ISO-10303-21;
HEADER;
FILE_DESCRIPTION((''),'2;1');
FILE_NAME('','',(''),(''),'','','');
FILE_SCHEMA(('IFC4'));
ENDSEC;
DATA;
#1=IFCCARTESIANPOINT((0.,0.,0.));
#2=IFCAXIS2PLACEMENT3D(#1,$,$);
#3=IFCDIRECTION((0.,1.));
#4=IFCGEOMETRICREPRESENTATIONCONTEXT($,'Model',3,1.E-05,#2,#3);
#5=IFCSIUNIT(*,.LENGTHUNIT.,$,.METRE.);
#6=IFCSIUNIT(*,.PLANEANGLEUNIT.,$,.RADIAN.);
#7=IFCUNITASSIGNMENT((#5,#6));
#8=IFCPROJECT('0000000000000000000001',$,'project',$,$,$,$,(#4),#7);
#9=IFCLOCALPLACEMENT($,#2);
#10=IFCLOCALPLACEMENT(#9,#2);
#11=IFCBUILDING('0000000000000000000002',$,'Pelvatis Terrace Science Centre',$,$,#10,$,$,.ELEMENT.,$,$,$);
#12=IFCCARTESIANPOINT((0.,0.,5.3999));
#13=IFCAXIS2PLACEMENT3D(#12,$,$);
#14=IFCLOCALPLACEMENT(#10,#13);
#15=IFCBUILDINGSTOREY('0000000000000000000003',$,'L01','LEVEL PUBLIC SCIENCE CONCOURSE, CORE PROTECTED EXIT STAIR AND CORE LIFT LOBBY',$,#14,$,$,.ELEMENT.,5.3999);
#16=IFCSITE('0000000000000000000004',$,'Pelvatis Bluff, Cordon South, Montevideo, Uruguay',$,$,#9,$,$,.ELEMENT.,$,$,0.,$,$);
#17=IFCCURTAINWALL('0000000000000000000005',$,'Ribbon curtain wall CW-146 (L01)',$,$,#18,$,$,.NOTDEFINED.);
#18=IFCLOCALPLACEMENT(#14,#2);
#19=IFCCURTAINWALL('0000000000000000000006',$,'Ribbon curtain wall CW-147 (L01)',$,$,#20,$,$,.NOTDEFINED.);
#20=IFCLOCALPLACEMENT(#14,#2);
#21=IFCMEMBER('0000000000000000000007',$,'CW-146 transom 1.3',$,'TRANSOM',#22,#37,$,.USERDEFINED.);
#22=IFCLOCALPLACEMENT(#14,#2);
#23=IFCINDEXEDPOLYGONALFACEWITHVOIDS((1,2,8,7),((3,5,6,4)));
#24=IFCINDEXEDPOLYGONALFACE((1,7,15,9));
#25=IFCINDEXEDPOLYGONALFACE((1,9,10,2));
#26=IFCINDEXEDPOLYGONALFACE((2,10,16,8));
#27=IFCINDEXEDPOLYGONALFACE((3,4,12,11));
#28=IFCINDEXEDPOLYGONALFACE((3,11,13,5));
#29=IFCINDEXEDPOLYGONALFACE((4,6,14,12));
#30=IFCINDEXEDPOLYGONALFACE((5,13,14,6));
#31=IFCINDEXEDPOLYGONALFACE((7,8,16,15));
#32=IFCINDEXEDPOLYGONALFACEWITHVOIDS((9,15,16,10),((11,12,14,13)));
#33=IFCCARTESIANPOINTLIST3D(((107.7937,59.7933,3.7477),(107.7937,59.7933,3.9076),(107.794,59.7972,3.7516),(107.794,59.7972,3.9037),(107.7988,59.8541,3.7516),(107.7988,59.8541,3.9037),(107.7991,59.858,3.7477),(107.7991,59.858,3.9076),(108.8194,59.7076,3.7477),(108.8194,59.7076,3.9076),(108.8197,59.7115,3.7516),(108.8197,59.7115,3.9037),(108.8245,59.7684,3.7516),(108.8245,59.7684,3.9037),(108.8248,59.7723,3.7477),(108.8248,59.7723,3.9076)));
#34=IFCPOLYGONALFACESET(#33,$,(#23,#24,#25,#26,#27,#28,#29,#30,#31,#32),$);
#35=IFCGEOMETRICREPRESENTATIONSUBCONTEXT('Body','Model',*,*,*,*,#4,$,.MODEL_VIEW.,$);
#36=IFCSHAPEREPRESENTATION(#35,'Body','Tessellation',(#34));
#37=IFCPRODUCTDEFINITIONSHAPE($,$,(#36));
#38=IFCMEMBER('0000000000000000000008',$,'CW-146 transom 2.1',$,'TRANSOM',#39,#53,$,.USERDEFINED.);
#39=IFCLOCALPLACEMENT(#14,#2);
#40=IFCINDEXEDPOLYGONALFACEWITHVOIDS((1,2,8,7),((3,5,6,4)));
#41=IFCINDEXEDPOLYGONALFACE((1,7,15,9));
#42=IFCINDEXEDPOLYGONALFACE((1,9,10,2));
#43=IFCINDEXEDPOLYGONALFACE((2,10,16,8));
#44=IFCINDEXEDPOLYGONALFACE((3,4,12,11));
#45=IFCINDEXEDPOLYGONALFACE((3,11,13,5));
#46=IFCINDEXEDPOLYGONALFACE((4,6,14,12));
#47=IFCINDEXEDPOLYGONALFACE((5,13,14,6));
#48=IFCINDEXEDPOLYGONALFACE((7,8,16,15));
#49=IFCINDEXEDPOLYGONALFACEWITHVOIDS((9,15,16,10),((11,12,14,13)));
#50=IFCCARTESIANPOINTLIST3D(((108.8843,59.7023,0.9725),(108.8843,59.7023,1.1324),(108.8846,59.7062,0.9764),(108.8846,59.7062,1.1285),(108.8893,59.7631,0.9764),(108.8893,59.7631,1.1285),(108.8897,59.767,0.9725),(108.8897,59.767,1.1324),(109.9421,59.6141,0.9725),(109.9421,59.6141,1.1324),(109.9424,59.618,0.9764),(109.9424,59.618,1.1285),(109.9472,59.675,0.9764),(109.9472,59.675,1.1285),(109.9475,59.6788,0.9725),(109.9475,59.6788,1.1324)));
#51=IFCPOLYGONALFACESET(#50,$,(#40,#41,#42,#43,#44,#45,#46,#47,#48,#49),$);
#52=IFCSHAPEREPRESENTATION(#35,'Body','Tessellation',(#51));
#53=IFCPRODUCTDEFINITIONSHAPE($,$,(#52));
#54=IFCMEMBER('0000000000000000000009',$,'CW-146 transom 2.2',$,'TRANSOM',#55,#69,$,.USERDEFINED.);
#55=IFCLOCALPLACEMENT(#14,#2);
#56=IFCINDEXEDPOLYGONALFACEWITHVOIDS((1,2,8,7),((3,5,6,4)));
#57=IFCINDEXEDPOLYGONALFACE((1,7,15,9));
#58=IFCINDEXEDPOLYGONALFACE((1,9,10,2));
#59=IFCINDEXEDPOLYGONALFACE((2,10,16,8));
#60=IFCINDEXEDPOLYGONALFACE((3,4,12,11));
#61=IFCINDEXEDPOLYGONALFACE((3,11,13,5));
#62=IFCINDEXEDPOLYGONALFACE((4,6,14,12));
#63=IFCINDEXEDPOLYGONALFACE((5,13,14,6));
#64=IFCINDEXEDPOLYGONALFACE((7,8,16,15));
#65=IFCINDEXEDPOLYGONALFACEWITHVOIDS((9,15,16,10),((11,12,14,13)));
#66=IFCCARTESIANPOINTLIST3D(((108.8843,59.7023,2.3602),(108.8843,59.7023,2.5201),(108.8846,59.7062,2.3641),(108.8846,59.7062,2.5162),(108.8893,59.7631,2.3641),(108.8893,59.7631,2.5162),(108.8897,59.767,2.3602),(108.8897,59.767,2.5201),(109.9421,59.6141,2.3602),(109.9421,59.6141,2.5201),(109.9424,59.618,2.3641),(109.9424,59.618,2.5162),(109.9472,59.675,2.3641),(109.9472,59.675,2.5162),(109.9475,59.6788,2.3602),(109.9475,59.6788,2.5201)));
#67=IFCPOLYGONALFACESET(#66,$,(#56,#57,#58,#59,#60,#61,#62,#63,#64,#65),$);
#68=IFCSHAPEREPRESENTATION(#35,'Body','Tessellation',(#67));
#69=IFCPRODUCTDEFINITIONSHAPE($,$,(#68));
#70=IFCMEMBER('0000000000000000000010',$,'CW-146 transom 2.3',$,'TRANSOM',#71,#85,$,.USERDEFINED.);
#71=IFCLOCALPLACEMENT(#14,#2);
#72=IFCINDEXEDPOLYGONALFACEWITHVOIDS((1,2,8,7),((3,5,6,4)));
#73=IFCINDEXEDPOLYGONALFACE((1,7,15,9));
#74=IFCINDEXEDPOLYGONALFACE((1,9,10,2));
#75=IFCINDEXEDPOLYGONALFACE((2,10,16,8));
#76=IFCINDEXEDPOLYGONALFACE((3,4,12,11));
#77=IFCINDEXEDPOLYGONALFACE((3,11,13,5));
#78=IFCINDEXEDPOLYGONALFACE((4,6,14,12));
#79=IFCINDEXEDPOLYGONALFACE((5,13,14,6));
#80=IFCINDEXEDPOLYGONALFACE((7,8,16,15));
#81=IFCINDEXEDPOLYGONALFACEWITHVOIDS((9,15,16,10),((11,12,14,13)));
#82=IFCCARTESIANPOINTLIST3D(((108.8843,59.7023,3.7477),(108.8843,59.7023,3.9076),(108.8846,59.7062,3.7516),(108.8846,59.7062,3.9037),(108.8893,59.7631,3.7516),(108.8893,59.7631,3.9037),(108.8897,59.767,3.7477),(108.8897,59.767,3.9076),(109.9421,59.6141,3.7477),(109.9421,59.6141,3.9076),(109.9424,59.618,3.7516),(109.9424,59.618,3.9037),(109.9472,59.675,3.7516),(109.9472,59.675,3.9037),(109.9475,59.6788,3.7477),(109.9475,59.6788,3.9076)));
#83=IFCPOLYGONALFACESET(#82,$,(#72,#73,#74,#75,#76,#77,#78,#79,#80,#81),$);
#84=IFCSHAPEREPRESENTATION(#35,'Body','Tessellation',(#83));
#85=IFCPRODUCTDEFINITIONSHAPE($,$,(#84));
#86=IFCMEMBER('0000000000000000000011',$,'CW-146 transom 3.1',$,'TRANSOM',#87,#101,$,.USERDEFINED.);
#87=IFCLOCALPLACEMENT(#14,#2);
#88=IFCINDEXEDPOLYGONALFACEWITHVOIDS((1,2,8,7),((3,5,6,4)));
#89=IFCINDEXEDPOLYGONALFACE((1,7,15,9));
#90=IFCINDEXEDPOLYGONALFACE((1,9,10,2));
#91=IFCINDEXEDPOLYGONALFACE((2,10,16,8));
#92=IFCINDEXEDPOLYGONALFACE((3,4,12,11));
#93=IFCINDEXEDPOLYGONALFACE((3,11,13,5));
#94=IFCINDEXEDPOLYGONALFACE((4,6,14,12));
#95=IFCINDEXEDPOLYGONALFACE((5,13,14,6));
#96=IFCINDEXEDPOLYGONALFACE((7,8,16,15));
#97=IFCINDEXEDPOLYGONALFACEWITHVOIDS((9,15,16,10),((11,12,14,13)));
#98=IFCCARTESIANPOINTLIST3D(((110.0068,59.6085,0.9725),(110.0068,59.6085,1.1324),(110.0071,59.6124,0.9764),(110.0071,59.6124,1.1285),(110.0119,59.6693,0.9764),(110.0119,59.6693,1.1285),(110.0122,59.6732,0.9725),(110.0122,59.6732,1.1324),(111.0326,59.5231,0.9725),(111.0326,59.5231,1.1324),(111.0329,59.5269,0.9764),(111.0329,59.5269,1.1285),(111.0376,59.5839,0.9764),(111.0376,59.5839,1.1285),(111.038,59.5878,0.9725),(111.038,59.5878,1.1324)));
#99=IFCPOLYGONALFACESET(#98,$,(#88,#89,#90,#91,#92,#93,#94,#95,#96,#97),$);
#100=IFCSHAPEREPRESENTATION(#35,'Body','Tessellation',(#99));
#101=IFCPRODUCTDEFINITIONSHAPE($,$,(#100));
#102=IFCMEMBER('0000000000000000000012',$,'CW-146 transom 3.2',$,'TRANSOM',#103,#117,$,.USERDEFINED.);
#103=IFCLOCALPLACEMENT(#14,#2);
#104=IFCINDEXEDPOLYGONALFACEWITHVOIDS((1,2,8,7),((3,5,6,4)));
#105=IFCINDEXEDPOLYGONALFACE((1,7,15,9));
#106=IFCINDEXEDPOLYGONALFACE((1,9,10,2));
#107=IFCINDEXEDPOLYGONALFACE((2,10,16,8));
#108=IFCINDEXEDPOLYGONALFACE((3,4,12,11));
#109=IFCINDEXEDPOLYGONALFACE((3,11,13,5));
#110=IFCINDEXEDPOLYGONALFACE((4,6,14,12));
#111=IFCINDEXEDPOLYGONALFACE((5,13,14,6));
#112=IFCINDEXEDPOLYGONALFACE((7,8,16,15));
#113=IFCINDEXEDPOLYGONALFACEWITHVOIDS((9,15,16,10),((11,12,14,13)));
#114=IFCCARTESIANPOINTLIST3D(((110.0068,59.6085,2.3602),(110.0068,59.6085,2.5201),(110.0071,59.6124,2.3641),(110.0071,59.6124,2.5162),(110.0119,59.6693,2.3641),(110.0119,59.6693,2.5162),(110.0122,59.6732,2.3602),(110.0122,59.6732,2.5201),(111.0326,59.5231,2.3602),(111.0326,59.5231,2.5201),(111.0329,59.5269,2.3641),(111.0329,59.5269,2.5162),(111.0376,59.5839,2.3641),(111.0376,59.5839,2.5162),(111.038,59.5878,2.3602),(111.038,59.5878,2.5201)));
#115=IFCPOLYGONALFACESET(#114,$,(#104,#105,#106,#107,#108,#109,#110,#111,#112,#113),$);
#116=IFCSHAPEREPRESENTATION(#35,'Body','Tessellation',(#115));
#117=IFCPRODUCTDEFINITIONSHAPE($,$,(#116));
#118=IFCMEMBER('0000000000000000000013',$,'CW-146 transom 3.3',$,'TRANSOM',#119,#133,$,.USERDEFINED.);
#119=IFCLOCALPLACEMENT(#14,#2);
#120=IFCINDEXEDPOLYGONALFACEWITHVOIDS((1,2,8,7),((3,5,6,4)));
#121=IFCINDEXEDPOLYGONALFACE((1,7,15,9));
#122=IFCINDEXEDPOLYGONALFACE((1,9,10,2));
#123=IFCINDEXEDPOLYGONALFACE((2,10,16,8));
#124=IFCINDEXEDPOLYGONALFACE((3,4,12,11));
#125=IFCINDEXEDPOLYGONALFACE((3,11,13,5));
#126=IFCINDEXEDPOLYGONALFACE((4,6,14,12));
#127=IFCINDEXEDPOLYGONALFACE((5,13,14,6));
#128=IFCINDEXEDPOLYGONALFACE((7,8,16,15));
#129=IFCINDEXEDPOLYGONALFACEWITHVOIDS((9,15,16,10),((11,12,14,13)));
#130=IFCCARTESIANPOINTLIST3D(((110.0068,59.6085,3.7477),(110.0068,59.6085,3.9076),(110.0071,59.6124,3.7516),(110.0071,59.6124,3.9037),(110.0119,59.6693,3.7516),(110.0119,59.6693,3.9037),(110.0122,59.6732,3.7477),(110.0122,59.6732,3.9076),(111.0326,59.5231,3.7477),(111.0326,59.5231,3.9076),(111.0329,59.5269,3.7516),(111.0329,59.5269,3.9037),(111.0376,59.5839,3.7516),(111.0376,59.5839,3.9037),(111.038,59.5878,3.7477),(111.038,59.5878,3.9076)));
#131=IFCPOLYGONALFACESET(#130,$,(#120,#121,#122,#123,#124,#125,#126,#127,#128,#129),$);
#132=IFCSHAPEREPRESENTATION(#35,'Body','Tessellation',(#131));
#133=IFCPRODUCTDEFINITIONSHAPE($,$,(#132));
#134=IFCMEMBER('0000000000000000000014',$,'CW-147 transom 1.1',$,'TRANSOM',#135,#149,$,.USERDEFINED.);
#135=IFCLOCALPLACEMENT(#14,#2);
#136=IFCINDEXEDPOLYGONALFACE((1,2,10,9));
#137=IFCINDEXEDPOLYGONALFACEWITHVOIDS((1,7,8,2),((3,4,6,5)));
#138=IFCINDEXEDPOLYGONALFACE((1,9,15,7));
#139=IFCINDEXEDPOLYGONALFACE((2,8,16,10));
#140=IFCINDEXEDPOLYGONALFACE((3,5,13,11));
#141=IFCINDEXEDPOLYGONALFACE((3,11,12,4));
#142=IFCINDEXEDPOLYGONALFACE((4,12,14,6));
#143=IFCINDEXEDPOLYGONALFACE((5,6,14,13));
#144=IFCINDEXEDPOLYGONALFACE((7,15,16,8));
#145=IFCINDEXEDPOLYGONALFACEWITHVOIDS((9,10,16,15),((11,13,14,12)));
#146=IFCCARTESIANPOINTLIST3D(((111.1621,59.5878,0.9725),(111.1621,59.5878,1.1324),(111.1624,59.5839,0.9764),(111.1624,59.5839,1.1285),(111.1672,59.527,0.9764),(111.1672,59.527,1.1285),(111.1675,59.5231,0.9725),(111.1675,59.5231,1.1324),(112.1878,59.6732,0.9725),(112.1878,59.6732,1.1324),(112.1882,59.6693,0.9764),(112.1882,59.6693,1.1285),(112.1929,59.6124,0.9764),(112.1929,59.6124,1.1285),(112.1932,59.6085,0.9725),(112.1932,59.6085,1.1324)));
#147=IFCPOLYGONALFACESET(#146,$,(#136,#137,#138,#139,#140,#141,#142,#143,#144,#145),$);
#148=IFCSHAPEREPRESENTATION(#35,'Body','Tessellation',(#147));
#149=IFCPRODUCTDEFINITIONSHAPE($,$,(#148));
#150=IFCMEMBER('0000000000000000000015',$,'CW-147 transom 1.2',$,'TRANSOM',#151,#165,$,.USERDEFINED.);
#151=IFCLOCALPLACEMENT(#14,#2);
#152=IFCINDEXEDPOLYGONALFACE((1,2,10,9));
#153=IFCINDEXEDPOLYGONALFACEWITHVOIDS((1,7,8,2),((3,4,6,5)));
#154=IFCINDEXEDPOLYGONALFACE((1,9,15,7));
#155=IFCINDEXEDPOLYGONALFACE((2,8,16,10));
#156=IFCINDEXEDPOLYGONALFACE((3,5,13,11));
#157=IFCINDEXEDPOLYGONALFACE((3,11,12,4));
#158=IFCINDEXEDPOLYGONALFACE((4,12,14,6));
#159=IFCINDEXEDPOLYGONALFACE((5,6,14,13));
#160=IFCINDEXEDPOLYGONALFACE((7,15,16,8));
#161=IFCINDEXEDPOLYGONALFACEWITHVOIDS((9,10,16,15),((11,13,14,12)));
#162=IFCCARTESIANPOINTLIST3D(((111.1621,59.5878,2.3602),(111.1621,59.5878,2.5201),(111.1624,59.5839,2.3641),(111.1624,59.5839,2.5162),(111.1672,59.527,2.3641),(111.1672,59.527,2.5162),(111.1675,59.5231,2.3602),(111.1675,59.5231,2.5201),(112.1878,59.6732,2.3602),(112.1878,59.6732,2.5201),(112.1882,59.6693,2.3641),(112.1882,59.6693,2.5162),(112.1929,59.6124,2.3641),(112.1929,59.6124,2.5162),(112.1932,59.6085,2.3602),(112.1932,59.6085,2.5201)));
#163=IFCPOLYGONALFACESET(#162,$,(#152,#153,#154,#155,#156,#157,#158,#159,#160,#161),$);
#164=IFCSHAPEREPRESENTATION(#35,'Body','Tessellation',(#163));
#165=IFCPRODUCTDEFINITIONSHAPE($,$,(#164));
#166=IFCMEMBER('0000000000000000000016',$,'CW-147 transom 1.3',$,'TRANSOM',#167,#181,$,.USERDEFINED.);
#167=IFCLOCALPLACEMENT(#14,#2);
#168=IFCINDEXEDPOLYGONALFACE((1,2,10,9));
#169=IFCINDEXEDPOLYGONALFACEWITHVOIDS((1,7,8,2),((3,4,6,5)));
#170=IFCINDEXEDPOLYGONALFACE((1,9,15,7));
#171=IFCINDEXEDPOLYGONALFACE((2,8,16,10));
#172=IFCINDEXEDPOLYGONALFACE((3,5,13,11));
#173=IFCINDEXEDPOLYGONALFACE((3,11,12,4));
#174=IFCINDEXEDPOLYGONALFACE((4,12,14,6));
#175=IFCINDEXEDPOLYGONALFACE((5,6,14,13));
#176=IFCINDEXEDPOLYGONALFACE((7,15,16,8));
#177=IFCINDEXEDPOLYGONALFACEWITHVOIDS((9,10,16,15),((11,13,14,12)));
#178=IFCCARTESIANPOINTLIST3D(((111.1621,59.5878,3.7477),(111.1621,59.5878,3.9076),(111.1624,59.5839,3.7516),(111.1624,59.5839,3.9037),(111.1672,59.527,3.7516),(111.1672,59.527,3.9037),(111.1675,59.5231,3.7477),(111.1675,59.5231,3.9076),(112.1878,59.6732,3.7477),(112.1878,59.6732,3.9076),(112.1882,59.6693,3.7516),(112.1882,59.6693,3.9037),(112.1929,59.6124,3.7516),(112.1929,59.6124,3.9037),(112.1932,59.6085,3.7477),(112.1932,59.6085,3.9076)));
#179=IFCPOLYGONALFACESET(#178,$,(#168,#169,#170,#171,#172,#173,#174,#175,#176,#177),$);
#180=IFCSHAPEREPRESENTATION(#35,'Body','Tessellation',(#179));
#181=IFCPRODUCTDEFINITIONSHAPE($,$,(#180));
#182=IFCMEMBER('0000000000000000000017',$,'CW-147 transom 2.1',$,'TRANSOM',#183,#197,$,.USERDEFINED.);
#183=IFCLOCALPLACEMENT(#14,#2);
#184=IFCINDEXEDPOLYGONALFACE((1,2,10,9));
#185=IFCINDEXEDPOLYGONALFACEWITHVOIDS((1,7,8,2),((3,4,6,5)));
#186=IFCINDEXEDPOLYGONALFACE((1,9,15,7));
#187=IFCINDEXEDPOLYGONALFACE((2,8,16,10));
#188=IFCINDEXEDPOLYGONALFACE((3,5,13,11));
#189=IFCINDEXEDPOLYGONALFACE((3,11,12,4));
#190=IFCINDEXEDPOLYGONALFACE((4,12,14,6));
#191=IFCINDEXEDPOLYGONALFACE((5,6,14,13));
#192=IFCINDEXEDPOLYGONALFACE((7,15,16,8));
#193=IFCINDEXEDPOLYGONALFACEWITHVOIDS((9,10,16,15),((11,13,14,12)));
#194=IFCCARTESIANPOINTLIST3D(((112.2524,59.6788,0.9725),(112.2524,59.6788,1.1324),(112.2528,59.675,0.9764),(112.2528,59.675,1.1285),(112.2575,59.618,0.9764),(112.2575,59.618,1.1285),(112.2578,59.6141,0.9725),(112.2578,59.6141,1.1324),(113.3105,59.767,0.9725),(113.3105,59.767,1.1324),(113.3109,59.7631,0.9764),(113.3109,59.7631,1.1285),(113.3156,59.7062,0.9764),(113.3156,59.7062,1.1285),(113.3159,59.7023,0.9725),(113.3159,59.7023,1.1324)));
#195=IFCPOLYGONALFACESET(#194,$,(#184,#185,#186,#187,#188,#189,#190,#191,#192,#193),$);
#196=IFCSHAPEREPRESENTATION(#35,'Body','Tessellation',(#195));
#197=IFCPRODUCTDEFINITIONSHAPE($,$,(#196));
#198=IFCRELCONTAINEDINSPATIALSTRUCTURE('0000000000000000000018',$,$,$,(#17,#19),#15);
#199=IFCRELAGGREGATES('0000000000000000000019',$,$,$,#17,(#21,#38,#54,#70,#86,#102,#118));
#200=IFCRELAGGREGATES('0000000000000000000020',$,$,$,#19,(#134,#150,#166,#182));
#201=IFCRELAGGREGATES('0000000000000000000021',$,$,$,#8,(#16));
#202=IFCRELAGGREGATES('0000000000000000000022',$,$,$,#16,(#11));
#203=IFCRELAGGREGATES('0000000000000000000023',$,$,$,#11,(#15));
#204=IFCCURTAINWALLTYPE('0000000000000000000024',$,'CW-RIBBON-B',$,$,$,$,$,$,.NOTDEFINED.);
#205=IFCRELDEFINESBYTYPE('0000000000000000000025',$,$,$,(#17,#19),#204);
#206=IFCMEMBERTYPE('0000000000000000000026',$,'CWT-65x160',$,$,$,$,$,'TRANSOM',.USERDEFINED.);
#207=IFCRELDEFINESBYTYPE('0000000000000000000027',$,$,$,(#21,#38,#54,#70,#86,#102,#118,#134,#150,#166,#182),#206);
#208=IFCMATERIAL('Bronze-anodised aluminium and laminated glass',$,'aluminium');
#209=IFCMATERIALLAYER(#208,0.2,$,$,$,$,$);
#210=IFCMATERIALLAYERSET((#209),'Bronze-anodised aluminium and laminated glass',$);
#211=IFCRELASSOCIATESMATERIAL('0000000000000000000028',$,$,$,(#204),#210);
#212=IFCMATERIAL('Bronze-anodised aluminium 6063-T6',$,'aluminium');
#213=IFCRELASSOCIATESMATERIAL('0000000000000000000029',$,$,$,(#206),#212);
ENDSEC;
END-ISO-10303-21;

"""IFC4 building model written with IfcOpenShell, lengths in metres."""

from ifc_helpers import new_model, si_unit, direction, frame, origin, origin_2d, place, context, subcontext, project, spatial, hollow_rectangle, extrude, material, layer, layer_set, material_profile, profile_set, type_object, element, aggregate, save


model = new_model("IFC4")

# Units and contexts
model_context = context("Model", 3, precision=1e-05, world=origin(), true_north=direction((0.0, 1.0)))
body_context = subcontext(model_context, "Body", "Model", "MODEL_VIEW")
ifc_project = project(units=[si_unit("LENGTHUNIT", "METRE"), si_unit("PLANEANGLEUNIT", "RADIAN")], contexts=[model_context])

# Site, building, storey
site_placement = place(None, origin())
site = spatial("IfcSite", under=ifc_project, at=site_placement, Name="Pelvatis Bluff, Cordon South, Montevideo, Uruguay", CompositionType="ELEMENT", RefElevation=0.0)
building_placement = place(site_placement, origin())
building = spatial("IfcBuilding", under=site, at=building_placement, Name="Pelvatis Terrace Science Centre", CompositionType="ELEMENT")
storey_placement = place(building_placement, frame((0.0, 0.0, 5.3999)))
storey = spatial("IfcBuildingStorey", under=building, at=storey_placement, Name="L01", Description="LEVEL PUBLIC SCIENCE CONCOURSE, CORE PROTECTED EXIT STAIR AND CORE LIFT LOBBY", CompositionType="ELEMENT", Elevation=5.3999)

# Curtain walls
ifc_material_1 = material(Name="Bronze-anodised aluminium and laminated glass", Category="aluminium")
ifc_layer_1 = layer(ifc_material_1, 0.2)
ifc_layer_set_1 = layer_set([ifc_layer_1], Name="Bronze-anodised aluminium and laminated glass")
curtain_wall_type = type_object("IfcCurtainWallType", Name="CW-RIBBON-B", PredefinedType="NOTDEFINED", material=ifc_layer_set_1)
curtain_wall_1_placement = place(storey_placement, origin())
curtain_wall_1 = element("IfcCurtainWall", 1, at=curtain_wall_1_placement, inside=storey, type_object=curtain_wall_type, Name="Ribbon curtain wall CW-146 (L01)", PredefinedType="NOTDEFINED")
curtain_wall_2_placement = place(storey_placement, origin())
curtain_wall_2 = element("IfcCurtainWall", 2, at=curtain_wall_2_placement, inside=storey, type_object=curtain_wall_type, Name="Ribbon curtain wall CW-147 (L01)", PredefinedType="NOTDEFINED")

# Members
ifc_material_2 = material(Name="Bronze-anodised aluminium 6063-T6", Category="aluminium")
ifc_material_profile_1 = material_profile(ifc_material_2, hollow_rectangle(XDim=0.0649, YDim=0.1599, WallThickness=0.0039, at=origin_2d()), Name="ALU-TRN 65x160")
ifc_profile_set_1 = profile_set([ifc_material_profile_1], Name="Bronze-anodised aluminium 6063-T6")
member_type_1 = type_object("IfcMemberType", Name="CWT-65x160", ElementType="TRANSOM", PredefinedType="USERDEFINED", material=ifc_profile_set_1)
member_1_placement = place(storey_placement, frame((107.7964, 59.8257, 3.8276), z_axis=(0.996528, -0.083261, 0.0), x_axis=(0.083261, 0.996528, 0.0)))
member_1 = element("IfcMember", 3, at=member_1_placement, type_object=member_type_1, Name="CW-146 transom 1.3", ObjectType="TRANSOM", PredefinedType="USERDEFINED", context=body_context, shape_type="SweptSolid", body=[
    extrude(hollow_rectangle(XDim=0.0649, YDim=0.1599, WallThickness=0.0039, at=origin_2d()), origin(), (0.0, 0.0, 1.0), 1.0293),
])
member_2_placement = place(storey_placement, frame((108.887, 59.7346, 1.0525), z_axis=(0.996547, -0.083026, 0.0), x_axis=(0.083026, 0.996547, 0.0)))
member_2 = element("IfcMember", 4, at=member_2_placement, type_object=member_type_1, Name="CW-146 transom 2.1", ObjectType="TRANSOM", PredefinedType="USERDEFINED", context=body_context, shape_type="SweptSolid", body=[
    extrude(hollow_rectangle(XDim=0.0649, YDim=0.1599, WallThickness=0.0039, at=origin_2d()), origin(), (0.0, 0.0, 1.0), 1.0615),
])
member_3_placement = place(storey_placement, frame((108.887, 59.7346, 2.4402), z_axis=(0.996547, -0.083026, 0.0), x_axis=(0.083026, 0.996547, 0.0)))
member_3 = element("IfcMember", 5, at=member_3_placement, type_object=member_type_1, Name="CW-146 transom 2.2", ObjectType="TRANSOM", PredefinedType="USERDEFINED", context=body_context, shape_type="SweptSolid", body=[
    extrude(hollow_rectangle(XDim=0.0649, YDim=0.1599, WallThickness=0.0039, at=origin_2d()), origin(), (0.0, 0.0, 1.0), 1.0615),
])
member_4_placement = place(storey_placement, frame((108.887, 59.7346, 3.8276), z_axis=(0.996547, -0.083026, 0.0), x_axis=(0.083026, 0.996547, 0.0)))
member_4 = element("IfcMember", 6, at=member_4_placement, type_object=member_type_1, Name="CW-146 transom 2.3", ObjectType="TRANSOM", PredefinedType="USERDEFINED", context=body_context, shape_type="SweptSolid", body=[
    extrude(hollow_rectangle(XDim=0.0649, YDim=0.1599, WallThickness=0.0039, at=origin_2d()), origin(), (0.0, 0.0, 1.0), 1.0615),
])
member_5_placement = place(storey_placement, frame((110.0095, 59.6409, 1.0525), z_axis=(0.996547, -0.083026, 0.0), x_axis=(0.083026, 0.996547, 0.0)))
member_5 = element("IfcMember", 7, at=member_5_placement, type_object=member_type_1, Name="CW-146 transom 3.1", ObjectType="TRANSOM", PredefinedType="USERDEFINED", context=body_context, shape_type="SweptSolid", body=[
    extrude(hollow_rectangle(XDim=0.0649, YDim=0.1599, WallThickness=0.0039, at=origin_2d()), origin(), (0.0, 0.0, 1.0), 1.0293),
])
member_6_placement = place(storey_placement, frame((110.0095, 59.6409, 2.4402), z_axis=(0.996547, -0.083026, 0.0), x_axis=(0.083026, 0.996547, 0.0)))
member_6 = element("IfcMember", 8, at=member_6_placement, type_object=member_type_1, Name="CW-146 transom 3.2", ObjectType="TRANSOM", PredefinedType="USERDEFINED", context=body_context, shape_type="SweptSolid", body=[
    extrude(hollow_rectangle(XDim=0.0649, YDim=0.1599, WallThickness=0.0039, at=origin_2d()), origin(), (0.0, 0.0, 1.0), 1.0293),
])
member_7_placement = place(storey_placement, frame((110.0095, 59.6409, 3.8276), z_axis=(0.996547, -0.083026, 0.0), x_axis=(0.083026, 0.996547, 0.0)))
member_7 = element("IfcMember", 9, at=member_7_placement, type_object=member_type_1, Name="CW-146 transom 3.3", ObjectType="TRANSOM", PredefinedType="USERDEFINED", context=body_context, shape_type="SweptSolid", body=[
    extrude(hollow_rectangle(XDim=0.0649, YDim=0.1599, WallThickness=0.0039, at=origin_2d()), origin(), (0.0, 0.0, 1.0), 1.0293),
])
member_8_placement = place(storey_placement, frame((111.1648, 59.5554, 1.0525), z_axis=(0.996547, 0.083026, 0.0), x_axis=(-0.083026, 0.996547, 0.0)))
member_8 = element("IfcMember", 10, at=member_8_placement, type_object=member_type_1, Name="CW-147 transom 1.1", ObjectType="TRANSOM", PredefinedType="USERDEFINED", context=body_context, shape_type="SweptSolid", body=[
    extrude(hollow_rectangle(XDim=0.0649, YDim=0.1599, WallThickness=0.0039, at=origin_2d()), origin(), (0.0, 0.0, 1.0), 1.0293),
])
member_9_placement = place(storey_placement, frame((111.1648, 59.5554, 2.4402), z_axis=(0.996547, 0.083026, 0.0), x_axis=(-0.083026, 0.996547, 0.0)))
member_9 = element("IfcMember", 11, at=member_9_placement, type_object=member_type_1, Name="CW-147 transom 1.2", ObjectType="TRANSOM", PredefinedType="USERDEFINED", context=body_context, shape_type="SweptSolid", body=[
    extrude(hollow_rectangle(XDim=0.0649, YDim=0.1599, WallThickness=0.0039, at=origin_2d()), origin(), (0.0, 0.0, 1.0), 1.0293),
])
member_10_placement = place(storey_placement, frame((111.1648, 59.5554, 3.8276), z_axis=(0.996547, 0.083026, 0.0), x_axis=(-0.083026, 0.996547, 0.0)))
member_10 = element("IfcMember", 12, at=member_10_placement, type_object=member_type_1, Name="CW-147 transom 1.3", ObjectType="TRANSOM", PredefinedType="USERDEFINED", context=body_context, shape_type="SweptSolid", body=[
    extrude(hollow_rectangle(XDim=0.0649, YDim=0.1599, WallThickness=0.0039, at=origin_2d()), origin(), (0.0, 0.0, 1.0), 1.0293),
])
member_11_placement = place(storey_placement, frame((112.2551, 59.6465, 1.0525), z_axis=(0.996549, 0.083007, 0.0), x_axis=(-0.083007, 0.996549, 0.0)))
member_11 = element("IfcMember", 13, at=member_11_placement, type_object=member_type_1, Name="CW-147 transom 2.1", ObjectType="TRANSOM", PredefinedType="USERDEFINED", context=body_context, shape_type="SweptSolid", body=[
    extrude(hollow_rectangle(XDim=0.0649, YDim=0.1599, WallThickness=0.0039, at=origin_2d()), origin(), (0.0, 0.0, 1.0), 1.0618),
])

aggregate(curtain_wall_1, [member_1, member_2, member_3, member_4, member_5, member_6, member_7])
aggregate(curtain_wall_2, [member_8, member_9, member_10, member_11])

save(model, "model.ifc")
